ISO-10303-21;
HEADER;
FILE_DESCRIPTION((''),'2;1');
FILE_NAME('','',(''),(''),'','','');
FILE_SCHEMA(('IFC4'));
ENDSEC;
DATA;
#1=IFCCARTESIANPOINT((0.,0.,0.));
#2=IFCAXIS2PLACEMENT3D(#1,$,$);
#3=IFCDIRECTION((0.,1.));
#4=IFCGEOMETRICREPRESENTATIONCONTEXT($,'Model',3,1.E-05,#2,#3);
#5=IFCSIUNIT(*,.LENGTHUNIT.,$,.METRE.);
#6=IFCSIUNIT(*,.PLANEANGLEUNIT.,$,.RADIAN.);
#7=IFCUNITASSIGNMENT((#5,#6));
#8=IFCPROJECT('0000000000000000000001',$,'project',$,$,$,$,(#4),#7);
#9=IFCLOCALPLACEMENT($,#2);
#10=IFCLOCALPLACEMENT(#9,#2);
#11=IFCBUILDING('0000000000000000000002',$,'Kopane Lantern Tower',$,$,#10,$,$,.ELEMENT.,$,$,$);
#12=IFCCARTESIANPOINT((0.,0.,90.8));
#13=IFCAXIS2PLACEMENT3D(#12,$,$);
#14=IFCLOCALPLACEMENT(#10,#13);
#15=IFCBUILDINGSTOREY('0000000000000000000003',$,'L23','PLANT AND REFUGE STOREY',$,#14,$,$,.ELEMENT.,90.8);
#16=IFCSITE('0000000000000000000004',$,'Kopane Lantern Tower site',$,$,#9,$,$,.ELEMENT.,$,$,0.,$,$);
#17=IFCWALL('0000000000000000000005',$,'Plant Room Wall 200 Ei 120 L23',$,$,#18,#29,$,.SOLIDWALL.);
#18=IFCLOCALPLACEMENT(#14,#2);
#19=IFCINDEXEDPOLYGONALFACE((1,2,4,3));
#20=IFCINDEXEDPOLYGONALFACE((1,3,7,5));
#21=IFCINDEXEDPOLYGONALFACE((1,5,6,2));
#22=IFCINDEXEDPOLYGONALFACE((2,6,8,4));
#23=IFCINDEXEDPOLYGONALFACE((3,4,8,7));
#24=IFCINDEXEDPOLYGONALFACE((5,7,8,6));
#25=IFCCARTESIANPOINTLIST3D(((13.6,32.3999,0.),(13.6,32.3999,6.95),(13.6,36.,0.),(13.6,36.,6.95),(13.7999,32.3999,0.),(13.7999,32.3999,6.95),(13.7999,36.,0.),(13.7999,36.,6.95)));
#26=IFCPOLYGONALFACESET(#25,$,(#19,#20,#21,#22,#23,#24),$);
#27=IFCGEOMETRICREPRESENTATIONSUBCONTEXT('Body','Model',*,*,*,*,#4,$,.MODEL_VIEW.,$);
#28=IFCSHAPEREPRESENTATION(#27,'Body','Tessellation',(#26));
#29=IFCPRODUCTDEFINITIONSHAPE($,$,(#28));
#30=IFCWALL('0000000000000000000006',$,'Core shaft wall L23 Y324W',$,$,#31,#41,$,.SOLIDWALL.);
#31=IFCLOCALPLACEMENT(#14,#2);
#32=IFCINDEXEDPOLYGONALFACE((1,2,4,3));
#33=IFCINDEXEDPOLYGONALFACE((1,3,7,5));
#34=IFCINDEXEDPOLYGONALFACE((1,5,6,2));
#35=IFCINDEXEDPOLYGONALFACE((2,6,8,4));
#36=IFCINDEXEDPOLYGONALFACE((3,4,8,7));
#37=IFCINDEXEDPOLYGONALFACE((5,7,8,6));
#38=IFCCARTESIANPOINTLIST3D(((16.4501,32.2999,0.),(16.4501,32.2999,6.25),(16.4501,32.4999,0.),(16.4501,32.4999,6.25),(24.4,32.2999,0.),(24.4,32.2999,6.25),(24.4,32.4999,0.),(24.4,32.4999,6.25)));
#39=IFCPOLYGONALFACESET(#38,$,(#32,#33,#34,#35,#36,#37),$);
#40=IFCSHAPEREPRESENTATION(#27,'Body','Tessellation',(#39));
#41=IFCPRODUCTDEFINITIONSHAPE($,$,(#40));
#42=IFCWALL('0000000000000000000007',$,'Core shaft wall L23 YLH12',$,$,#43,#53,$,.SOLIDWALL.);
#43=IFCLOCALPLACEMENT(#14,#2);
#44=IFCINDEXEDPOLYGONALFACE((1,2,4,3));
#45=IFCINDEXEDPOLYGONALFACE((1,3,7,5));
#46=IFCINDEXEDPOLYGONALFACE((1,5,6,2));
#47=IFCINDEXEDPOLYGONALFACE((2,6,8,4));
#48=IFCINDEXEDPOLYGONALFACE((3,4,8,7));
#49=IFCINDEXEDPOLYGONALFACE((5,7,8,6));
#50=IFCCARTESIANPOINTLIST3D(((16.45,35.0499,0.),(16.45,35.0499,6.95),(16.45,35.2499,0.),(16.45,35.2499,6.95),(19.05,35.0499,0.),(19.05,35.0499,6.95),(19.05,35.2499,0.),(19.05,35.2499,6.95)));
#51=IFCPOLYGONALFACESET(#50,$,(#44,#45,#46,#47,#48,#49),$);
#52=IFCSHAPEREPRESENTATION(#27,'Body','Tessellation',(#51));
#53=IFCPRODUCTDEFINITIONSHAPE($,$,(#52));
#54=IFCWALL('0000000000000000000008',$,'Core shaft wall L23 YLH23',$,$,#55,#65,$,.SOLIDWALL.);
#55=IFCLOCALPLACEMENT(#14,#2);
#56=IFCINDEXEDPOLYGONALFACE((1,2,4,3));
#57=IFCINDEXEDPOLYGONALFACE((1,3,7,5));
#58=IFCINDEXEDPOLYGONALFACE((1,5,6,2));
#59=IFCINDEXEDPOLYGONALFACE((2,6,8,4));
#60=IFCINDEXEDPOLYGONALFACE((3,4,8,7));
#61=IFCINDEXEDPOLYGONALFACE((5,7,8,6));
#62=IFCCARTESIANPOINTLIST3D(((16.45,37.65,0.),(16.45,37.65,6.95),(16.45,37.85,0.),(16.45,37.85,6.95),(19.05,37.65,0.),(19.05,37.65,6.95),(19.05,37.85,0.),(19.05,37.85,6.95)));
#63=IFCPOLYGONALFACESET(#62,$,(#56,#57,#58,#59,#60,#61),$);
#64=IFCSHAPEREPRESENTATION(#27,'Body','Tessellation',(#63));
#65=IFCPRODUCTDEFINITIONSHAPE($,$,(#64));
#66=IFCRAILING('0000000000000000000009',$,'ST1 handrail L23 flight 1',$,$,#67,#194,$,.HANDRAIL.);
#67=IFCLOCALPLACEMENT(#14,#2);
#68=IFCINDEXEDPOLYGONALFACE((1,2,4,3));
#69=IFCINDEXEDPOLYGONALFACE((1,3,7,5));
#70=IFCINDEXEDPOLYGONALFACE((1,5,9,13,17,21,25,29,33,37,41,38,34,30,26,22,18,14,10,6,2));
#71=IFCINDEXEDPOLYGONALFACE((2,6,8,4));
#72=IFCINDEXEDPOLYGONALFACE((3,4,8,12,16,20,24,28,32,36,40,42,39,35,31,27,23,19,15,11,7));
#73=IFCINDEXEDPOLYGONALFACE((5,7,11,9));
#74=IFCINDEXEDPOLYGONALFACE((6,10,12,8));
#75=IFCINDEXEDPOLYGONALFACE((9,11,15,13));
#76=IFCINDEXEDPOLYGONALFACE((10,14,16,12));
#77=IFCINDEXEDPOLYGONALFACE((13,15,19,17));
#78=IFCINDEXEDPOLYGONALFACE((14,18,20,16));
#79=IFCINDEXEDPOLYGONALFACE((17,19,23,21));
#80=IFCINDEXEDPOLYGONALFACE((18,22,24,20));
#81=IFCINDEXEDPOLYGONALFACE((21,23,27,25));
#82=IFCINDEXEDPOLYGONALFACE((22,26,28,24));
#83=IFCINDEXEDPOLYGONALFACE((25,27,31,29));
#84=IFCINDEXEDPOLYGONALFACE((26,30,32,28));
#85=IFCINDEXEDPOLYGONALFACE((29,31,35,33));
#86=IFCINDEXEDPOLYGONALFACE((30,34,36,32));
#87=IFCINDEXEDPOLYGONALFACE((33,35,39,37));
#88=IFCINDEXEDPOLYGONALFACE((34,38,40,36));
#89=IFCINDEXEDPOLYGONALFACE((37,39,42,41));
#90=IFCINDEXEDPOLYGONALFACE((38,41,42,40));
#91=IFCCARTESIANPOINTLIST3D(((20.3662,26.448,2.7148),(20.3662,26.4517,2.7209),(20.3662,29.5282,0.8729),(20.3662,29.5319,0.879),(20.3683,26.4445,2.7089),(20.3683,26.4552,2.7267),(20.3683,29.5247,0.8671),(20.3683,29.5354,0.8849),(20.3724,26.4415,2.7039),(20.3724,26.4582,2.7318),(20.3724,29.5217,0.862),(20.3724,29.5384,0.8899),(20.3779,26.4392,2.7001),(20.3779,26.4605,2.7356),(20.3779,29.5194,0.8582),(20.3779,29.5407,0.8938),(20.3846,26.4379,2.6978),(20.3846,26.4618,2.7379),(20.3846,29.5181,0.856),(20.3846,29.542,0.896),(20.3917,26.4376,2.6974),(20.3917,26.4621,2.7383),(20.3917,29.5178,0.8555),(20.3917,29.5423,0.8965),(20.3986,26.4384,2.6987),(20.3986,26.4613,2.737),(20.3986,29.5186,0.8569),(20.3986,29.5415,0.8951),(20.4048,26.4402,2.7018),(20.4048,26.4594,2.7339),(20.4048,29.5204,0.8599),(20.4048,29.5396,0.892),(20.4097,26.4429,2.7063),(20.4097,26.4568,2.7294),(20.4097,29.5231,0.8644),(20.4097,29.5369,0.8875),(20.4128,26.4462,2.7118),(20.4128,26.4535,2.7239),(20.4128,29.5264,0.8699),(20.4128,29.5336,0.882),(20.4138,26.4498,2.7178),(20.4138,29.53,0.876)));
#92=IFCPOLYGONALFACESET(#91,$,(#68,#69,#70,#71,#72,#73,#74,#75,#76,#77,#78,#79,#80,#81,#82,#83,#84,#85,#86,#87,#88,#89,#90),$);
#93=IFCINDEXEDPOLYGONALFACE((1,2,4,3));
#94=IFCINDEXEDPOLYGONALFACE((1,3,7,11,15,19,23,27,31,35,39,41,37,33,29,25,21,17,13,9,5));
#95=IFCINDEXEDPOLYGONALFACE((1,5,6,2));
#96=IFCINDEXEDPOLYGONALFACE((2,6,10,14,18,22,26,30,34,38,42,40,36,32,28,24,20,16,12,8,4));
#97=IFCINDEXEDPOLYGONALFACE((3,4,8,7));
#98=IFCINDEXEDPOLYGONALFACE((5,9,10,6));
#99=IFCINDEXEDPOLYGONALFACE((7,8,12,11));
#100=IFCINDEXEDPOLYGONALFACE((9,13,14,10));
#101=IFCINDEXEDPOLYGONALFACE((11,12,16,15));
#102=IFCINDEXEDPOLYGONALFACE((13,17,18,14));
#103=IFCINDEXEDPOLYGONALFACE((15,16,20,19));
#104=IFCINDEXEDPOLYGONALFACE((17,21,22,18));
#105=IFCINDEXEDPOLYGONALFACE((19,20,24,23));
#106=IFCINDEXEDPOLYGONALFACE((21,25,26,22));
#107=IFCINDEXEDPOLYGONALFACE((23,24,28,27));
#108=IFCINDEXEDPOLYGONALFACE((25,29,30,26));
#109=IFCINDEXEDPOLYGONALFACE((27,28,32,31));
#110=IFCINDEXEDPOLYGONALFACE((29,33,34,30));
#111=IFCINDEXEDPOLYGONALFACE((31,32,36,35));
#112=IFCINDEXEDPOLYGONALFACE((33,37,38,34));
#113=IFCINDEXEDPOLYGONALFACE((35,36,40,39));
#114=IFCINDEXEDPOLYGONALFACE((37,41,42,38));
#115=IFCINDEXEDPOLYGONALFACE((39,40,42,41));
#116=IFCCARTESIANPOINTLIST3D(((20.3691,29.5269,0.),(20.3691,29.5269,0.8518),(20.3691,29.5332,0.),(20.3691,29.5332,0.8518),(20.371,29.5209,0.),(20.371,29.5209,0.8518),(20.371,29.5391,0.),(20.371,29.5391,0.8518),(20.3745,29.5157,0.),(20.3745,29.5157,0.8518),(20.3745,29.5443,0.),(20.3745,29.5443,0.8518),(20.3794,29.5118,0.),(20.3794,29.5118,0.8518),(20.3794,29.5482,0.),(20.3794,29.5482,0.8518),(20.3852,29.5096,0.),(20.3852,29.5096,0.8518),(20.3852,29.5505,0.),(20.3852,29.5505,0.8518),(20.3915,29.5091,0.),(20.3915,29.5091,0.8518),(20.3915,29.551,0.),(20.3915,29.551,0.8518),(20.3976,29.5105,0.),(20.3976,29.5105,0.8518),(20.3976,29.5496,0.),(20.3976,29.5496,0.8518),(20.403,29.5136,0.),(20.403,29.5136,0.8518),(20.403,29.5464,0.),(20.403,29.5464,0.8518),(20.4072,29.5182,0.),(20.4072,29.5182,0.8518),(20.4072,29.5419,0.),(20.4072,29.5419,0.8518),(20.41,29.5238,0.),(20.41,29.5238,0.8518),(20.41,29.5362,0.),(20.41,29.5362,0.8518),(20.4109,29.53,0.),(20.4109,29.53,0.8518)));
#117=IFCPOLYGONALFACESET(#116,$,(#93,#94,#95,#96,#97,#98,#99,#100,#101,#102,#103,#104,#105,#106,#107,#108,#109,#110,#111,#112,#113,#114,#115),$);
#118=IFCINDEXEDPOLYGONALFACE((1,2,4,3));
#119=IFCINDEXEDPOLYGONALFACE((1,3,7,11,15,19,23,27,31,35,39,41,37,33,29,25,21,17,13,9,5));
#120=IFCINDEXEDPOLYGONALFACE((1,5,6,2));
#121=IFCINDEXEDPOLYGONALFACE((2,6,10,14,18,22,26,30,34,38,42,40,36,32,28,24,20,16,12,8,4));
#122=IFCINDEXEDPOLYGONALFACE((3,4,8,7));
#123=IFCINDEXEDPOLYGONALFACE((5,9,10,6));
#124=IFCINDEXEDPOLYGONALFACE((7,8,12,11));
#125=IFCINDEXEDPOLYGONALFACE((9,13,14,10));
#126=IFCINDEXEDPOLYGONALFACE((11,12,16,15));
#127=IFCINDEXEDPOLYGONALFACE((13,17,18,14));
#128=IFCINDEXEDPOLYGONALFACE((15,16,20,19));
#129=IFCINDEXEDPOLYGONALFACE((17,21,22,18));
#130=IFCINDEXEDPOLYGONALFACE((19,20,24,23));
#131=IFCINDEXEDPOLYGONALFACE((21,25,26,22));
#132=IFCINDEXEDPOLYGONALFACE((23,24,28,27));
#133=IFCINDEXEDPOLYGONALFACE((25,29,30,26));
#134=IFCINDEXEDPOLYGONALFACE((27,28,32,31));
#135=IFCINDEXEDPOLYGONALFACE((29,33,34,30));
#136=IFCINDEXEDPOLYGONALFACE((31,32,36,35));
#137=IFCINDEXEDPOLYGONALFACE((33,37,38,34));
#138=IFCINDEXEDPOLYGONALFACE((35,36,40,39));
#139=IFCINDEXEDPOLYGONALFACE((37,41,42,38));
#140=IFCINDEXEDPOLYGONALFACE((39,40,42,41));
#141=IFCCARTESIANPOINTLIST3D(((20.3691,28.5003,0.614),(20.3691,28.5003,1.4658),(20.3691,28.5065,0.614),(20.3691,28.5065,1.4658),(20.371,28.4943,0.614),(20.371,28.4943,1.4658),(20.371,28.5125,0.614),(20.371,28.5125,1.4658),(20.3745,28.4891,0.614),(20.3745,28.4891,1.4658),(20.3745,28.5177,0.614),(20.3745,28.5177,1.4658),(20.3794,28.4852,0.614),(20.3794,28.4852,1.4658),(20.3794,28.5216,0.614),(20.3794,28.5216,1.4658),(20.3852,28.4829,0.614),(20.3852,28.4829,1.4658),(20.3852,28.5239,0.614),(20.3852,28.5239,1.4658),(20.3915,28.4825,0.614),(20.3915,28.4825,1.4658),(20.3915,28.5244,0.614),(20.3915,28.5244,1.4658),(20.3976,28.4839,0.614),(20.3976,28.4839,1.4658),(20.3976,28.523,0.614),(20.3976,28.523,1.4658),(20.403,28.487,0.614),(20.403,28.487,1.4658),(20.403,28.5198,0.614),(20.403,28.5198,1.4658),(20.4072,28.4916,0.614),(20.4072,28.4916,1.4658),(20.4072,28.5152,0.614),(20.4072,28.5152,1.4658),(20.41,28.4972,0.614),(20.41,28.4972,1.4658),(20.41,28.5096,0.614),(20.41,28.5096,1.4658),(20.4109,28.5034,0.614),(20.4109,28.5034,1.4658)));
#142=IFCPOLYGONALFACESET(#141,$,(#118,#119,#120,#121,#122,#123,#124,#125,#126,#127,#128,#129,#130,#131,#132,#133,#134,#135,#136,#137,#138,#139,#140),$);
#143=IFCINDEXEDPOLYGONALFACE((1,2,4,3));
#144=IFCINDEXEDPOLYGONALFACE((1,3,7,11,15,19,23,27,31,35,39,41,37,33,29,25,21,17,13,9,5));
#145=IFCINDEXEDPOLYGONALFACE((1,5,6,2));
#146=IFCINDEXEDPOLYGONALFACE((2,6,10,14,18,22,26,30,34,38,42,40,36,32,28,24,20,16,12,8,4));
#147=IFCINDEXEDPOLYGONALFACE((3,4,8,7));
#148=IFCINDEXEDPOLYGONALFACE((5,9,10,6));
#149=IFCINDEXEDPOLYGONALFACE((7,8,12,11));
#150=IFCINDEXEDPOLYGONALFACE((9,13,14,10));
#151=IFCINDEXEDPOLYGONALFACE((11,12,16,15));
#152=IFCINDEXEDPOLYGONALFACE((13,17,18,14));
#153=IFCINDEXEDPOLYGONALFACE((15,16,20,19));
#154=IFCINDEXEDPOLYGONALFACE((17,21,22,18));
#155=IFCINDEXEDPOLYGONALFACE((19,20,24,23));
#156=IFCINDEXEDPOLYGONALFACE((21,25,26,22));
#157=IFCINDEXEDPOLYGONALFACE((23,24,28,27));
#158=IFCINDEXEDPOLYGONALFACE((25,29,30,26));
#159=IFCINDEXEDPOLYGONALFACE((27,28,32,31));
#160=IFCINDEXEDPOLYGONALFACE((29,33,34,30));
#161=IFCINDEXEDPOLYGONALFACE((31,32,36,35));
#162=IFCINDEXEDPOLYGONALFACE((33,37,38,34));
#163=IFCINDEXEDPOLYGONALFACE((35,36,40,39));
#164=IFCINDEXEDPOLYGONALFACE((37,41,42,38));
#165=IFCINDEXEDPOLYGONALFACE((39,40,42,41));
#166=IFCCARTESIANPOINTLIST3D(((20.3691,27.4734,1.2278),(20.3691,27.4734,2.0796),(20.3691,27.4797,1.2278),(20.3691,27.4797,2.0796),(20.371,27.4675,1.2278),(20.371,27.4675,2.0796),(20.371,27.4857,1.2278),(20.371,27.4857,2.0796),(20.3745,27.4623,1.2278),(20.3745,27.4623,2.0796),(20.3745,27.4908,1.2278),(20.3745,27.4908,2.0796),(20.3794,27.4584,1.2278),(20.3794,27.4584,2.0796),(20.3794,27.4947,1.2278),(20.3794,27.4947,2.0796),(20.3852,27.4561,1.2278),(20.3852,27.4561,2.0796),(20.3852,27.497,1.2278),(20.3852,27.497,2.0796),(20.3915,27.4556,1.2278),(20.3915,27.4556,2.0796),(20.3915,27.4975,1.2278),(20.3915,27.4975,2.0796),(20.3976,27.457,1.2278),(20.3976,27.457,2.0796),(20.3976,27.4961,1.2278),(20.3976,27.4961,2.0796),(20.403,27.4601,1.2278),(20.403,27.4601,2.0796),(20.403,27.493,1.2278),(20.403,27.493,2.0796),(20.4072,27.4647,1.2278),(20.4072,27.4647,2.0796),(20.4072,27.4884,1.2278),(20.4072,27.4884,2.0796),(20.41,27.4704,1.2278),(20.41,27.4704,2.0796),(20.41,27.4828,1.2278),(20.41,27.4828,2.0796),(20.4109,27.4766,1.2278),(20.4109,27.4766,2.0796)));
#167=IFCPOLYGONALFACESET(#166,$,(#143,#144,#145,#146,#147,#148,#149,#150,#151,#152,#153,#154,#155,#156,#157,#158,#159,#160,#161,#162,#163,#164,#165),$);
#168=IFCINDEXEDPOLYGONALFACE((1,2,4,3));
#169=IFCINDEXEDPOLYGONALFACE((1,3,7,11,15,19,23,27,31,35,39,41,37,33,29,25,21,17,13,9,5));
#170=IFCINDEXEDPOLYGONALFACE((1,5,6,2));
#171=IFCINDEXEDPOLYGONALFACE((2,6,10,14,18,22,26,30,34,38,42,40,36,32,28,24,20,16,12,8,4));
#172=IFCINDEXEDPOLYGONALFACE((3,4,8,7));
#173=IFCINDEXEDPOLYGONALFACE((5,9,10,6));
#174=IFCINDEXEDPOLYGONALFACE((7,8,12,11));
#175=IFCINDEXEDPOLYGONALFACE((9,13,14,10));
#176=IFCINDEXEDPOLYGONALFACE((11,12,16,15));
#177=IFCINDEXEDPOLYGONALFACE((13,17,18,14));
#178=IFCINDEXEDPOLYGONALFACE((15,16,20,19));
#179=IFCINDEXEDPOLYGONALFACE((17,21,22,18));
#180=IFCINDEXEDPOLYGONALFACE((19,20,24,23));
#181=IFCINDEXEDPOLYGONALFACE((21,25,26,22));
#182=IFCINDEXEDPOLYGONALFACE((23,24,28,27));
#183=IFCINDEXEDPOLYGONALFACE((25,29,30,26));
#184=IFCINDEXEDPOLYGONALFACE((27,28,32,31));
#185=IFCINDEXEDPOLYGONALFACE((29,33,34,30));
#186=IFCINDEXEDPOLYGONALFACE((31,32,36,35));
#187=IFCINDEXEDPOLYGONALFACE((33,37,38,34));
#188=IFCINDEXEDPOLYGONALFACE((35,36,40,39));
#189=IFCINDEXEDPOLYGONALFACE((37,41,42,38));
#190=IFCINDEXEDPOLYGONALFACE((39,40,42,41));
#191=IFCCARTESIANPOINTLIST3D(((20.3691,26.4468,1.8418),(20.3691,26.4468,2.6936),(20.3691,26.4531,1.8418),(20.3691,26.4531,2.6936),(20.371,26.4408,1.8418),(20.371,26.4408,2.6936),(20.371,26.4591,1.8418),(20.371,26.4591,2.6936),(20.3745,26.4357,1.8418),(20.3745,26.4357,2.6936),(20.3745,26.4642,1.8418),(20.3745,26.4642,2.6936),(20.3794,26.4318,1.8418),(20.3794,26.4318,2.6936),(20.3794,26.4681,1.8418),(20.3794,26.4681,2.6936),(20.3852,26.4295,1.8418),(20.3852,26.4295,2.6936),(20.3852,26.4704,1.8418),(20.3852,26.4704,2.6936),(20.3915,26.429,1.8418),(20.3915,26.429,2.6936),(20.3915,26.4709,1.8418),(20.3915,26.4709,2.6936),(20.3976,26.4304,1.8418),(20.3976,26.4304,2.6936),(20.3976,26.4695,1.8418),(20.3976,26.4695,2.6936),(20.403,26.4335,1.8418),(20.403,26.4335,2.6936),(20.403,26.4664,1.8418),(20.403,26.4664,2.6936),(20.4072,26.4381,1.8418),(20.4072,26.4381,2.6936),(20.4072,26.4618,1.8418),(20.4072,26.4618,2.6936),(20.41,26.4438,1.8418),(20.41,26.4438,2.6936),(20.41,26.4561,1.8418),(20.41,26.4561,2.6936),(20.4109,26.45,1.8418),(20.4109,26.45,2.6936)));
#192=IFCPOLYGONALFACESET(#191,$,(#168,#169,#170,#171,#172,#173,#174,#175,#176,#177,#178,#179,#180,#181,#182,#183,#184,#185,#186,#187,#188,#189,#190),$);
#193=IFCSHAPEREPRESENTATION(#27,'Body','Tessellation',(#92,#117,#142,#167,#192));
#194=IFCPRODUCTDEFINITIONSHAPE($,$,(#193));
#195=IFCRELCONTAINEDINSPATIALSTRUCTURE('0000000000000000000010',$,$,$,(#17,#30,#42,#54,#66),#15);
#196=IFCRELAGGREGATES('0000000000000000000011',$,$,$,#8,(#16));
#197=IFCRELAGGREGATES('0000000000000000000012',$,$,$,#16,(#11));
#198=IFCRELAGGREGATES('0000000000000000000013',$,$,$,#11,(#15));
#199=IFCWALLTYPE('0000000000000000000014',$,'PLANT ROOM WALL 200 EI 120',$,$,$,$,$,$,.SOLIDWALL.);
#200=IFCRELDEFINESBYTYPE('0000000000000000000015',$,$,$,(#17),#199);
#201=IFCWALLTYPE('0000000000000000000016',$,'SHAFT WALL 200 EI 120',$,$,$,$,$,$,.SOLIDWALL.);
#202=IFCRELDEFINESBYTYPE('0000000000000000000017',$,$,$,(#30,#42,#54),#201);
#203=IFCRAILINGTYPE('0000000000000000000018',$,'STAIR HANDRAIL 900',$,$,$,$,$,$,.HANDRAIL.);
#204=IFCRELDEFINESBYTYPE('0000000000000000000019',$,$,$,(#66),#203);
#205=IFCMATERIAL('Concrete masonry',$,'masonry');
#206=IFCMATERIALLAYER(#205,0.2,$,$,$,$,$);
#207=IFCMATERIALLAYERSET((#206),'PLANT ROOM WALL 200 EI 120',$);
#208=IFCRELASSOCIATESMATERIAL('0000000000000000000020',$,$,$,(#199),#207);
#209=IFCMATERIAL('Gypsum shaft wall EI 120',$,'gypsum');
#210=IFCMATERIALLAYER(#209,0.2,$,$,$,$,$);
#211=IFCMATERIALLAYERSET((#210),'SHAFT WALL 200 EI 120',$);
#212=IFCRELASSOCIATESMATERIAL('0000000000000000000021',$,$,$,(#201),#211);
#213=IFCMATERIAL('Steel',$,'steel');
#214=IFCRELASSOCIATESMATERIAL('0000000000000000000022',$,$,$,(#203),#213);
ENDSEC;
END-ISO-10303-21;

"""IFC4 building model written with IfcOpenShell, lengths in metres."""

from ifc_helpers import new_model, si_unit, direction, frame, frame_2d, origin, origin_2d, place, context, subcontext, project, spatial, rectangle, circle, extrude, material, layer, layer_set, type_object, element, save


model = new_model("IFC4")

# Units and contexts
model_context = context("Model", 3, precision=1e-05, world=origin(), true_north=direction((0.0, 1.0)))
body_context = subcontext(model_context, "Body", "Model", "MODEL_VIEW")
ifc_project = project(units=[si_unit("LENGTHUNIT", "METRE"), si_unit("PLANEANGLEUNIT", "RADIAN")], contexts=[model_context])

# Site, building, storey
site_placement = place(None, origin())
site = spatial("IfcSite", under=ifc_project, at=site_placement, Name="Kopane Lantern Tower site", CompositionType="ELEMENT", RefElevation=0.0)
building_placement = place(site_placement, origin())
building = spatial("IfcBuilding", under=site, at=building_placement, Name="Kopane Lantern Tower", CompositionType="ELEMENT")
storey_placement = place(building_placement, frame((0.0, 0.0, 90.8)))
storey = spatial("IfcBuildingStorey", under=building, at=storey_placement, Name="L23", Description="PLANT AND REFUGE STOREY", CompositionType="ELEMENT", Elevation=90.8)

# Walls
ifc_material_1 = material(Name="Concrete masonry", Category="masonry")
ifc_layer_1 = layer(ifc_material_1, 0.2)
ifc_layer_set_1 = layer_set([ifc_layer_1], Name="PLANT ROOM WALL 200 EI 120")
wall_type_1 = type_object("IfcWallType", Name="PLANT ROOM WALL 200 EI 120", PredefinedType="SOLIDWALL", material=ifc_layer_set_1)
wall_1_placement = place(storey_placement, frame((13.7, 32.3999, 0.0), z_axis=(0.0, 0.0, 1.0), x_axis=(0.0, 1.0, 0.0)))
element("IfcWall", 1, at=wall_1_placement, inside=storey, type_object=wall_type_1, Name="Plant Room Wall 200 Ei 120 L23", PredefinedType="SOLIDWALL", context=body_context, shape_type="SweptSolid", body=[
    extrude(rectangle(XDim=3.6001, YDim=0.2, at=frame_2d((1.8, 0.0))), origin(), (0.0, 0.0, 1.0), 6.95),
])
ifc_material_2 = material(Name="Gypsum shaft wall EI 120", Category="gypsum")
ifc_layer_2 = layer(ifc_material_2, 0.2)
ifc_layer_set_2 = layer_set([ifc_layer_2], Name="SHAFT WALL 200 EI 120")
wall_type_2 = type_object("IfcWallType", Name="SHAFT WALL 200 EI 120", PredefinedType="SOLIDWALL", material=ifc_layer_set_2)
wall_2_placement = place(storey_placement, frame((16.45, 32.3999, 0.0), z_axis=(0.0, 0.0, 1.0), x_axis=(1.0, 0.0, 0.0)))
element("IfcWall", 2, at=wall_2_placement, inside=storey, type_object=wall_type_2, Name="Core shaft wall L23 Y324W", PredefinedType="SOLIDWALL", context=body_context, shape_type="SweptSolid", body=[
    extrude(rectangle(XDim=7.95, YDim=0.2, at=frame_2d((3.9751, 0.0))), origin(), (0.0, 0.0, 1.0), 6.25),
])
for number, where, z_axis, x_axis, name in (
    (3, (16.45, 35.1499, 0.0), (0.0, 0.0, 1.0), (1.0, 0.0, 0.0), "Core shaft wall L23 YLH12"),
    (4, (16.45, 37.75, 0.0), (0.0, 0.0, 1.0), (1.0, 0.0, 0.0), "Core shaft wall L23 YLH23"),
):
    element("IfcWall", number, at=place(storey_placement, frame(where, z_axis=z_axis, x_axis=x_axis)), inside=storey, type_object=wall_type_2, Name=name, PredefinedType="SOLIDWALL", context=body_context, shape_type="SweptSolid", body=[
        extrude(rectangle(XDim=2.6001, YDim=0.2, at=frame_2d((1.3, 0.0))), origin(), (0.0, 0.0, 1.0), 6.95),
    ])

# Railing
ifc_material_3 = material(Name="Steel", Category="steel")
railing_type_1 = type_object("IfcRailingType", Name="STAIR HANDRAIL 900", PredefinedType="HANDRAIL", material=ifc_material_3)
for number, where, name in (
    (5, (20.3899, 29.53, 0.0), "ST1 handrail L23 flight 1"),
):
    element("IfcRailing", number, at=place(storey_placement, frame(where)), inside=storey, type_object=railing_type_1, Name=name, PredefinedType="HANDRAIL", context=body_context, shape_type="SweptSolid", body=[
        extrude(circle(Radius=0.0239, at=origin_2d()), frame((0.0, 0.0, 0.876), z_axis=(0.0, -0.85826, 0.513215), x_axis=(1.0, 0.0, 0.0)), (0.0, 0.0, 1.0), 3.5889),
        extrude(circle(Radius=0.021, at=origin_2d()), origin(), (0.0, 0.0, 1.0), 0.8518),
        extrude(circle(Radius=0.021, at=origin_2d()), frame((0.0, -1.0266, 0.614)), (0.0, 0.0, 1.0), 0.8518),
        extrude(circle(Radius=0.021, at=origin_2d()), frame((0.0, -2.0535, 1.2278)), (0.0, 0.0, 1.0), 0.8518),
        extrude(circle(Radius=0.021, at=origin_2d()), frame((0.0, -3.0801, 1.8418)), (0.0, 0.0, 1.0), 0.8518),
    ])

save(model, "model.ifc")
